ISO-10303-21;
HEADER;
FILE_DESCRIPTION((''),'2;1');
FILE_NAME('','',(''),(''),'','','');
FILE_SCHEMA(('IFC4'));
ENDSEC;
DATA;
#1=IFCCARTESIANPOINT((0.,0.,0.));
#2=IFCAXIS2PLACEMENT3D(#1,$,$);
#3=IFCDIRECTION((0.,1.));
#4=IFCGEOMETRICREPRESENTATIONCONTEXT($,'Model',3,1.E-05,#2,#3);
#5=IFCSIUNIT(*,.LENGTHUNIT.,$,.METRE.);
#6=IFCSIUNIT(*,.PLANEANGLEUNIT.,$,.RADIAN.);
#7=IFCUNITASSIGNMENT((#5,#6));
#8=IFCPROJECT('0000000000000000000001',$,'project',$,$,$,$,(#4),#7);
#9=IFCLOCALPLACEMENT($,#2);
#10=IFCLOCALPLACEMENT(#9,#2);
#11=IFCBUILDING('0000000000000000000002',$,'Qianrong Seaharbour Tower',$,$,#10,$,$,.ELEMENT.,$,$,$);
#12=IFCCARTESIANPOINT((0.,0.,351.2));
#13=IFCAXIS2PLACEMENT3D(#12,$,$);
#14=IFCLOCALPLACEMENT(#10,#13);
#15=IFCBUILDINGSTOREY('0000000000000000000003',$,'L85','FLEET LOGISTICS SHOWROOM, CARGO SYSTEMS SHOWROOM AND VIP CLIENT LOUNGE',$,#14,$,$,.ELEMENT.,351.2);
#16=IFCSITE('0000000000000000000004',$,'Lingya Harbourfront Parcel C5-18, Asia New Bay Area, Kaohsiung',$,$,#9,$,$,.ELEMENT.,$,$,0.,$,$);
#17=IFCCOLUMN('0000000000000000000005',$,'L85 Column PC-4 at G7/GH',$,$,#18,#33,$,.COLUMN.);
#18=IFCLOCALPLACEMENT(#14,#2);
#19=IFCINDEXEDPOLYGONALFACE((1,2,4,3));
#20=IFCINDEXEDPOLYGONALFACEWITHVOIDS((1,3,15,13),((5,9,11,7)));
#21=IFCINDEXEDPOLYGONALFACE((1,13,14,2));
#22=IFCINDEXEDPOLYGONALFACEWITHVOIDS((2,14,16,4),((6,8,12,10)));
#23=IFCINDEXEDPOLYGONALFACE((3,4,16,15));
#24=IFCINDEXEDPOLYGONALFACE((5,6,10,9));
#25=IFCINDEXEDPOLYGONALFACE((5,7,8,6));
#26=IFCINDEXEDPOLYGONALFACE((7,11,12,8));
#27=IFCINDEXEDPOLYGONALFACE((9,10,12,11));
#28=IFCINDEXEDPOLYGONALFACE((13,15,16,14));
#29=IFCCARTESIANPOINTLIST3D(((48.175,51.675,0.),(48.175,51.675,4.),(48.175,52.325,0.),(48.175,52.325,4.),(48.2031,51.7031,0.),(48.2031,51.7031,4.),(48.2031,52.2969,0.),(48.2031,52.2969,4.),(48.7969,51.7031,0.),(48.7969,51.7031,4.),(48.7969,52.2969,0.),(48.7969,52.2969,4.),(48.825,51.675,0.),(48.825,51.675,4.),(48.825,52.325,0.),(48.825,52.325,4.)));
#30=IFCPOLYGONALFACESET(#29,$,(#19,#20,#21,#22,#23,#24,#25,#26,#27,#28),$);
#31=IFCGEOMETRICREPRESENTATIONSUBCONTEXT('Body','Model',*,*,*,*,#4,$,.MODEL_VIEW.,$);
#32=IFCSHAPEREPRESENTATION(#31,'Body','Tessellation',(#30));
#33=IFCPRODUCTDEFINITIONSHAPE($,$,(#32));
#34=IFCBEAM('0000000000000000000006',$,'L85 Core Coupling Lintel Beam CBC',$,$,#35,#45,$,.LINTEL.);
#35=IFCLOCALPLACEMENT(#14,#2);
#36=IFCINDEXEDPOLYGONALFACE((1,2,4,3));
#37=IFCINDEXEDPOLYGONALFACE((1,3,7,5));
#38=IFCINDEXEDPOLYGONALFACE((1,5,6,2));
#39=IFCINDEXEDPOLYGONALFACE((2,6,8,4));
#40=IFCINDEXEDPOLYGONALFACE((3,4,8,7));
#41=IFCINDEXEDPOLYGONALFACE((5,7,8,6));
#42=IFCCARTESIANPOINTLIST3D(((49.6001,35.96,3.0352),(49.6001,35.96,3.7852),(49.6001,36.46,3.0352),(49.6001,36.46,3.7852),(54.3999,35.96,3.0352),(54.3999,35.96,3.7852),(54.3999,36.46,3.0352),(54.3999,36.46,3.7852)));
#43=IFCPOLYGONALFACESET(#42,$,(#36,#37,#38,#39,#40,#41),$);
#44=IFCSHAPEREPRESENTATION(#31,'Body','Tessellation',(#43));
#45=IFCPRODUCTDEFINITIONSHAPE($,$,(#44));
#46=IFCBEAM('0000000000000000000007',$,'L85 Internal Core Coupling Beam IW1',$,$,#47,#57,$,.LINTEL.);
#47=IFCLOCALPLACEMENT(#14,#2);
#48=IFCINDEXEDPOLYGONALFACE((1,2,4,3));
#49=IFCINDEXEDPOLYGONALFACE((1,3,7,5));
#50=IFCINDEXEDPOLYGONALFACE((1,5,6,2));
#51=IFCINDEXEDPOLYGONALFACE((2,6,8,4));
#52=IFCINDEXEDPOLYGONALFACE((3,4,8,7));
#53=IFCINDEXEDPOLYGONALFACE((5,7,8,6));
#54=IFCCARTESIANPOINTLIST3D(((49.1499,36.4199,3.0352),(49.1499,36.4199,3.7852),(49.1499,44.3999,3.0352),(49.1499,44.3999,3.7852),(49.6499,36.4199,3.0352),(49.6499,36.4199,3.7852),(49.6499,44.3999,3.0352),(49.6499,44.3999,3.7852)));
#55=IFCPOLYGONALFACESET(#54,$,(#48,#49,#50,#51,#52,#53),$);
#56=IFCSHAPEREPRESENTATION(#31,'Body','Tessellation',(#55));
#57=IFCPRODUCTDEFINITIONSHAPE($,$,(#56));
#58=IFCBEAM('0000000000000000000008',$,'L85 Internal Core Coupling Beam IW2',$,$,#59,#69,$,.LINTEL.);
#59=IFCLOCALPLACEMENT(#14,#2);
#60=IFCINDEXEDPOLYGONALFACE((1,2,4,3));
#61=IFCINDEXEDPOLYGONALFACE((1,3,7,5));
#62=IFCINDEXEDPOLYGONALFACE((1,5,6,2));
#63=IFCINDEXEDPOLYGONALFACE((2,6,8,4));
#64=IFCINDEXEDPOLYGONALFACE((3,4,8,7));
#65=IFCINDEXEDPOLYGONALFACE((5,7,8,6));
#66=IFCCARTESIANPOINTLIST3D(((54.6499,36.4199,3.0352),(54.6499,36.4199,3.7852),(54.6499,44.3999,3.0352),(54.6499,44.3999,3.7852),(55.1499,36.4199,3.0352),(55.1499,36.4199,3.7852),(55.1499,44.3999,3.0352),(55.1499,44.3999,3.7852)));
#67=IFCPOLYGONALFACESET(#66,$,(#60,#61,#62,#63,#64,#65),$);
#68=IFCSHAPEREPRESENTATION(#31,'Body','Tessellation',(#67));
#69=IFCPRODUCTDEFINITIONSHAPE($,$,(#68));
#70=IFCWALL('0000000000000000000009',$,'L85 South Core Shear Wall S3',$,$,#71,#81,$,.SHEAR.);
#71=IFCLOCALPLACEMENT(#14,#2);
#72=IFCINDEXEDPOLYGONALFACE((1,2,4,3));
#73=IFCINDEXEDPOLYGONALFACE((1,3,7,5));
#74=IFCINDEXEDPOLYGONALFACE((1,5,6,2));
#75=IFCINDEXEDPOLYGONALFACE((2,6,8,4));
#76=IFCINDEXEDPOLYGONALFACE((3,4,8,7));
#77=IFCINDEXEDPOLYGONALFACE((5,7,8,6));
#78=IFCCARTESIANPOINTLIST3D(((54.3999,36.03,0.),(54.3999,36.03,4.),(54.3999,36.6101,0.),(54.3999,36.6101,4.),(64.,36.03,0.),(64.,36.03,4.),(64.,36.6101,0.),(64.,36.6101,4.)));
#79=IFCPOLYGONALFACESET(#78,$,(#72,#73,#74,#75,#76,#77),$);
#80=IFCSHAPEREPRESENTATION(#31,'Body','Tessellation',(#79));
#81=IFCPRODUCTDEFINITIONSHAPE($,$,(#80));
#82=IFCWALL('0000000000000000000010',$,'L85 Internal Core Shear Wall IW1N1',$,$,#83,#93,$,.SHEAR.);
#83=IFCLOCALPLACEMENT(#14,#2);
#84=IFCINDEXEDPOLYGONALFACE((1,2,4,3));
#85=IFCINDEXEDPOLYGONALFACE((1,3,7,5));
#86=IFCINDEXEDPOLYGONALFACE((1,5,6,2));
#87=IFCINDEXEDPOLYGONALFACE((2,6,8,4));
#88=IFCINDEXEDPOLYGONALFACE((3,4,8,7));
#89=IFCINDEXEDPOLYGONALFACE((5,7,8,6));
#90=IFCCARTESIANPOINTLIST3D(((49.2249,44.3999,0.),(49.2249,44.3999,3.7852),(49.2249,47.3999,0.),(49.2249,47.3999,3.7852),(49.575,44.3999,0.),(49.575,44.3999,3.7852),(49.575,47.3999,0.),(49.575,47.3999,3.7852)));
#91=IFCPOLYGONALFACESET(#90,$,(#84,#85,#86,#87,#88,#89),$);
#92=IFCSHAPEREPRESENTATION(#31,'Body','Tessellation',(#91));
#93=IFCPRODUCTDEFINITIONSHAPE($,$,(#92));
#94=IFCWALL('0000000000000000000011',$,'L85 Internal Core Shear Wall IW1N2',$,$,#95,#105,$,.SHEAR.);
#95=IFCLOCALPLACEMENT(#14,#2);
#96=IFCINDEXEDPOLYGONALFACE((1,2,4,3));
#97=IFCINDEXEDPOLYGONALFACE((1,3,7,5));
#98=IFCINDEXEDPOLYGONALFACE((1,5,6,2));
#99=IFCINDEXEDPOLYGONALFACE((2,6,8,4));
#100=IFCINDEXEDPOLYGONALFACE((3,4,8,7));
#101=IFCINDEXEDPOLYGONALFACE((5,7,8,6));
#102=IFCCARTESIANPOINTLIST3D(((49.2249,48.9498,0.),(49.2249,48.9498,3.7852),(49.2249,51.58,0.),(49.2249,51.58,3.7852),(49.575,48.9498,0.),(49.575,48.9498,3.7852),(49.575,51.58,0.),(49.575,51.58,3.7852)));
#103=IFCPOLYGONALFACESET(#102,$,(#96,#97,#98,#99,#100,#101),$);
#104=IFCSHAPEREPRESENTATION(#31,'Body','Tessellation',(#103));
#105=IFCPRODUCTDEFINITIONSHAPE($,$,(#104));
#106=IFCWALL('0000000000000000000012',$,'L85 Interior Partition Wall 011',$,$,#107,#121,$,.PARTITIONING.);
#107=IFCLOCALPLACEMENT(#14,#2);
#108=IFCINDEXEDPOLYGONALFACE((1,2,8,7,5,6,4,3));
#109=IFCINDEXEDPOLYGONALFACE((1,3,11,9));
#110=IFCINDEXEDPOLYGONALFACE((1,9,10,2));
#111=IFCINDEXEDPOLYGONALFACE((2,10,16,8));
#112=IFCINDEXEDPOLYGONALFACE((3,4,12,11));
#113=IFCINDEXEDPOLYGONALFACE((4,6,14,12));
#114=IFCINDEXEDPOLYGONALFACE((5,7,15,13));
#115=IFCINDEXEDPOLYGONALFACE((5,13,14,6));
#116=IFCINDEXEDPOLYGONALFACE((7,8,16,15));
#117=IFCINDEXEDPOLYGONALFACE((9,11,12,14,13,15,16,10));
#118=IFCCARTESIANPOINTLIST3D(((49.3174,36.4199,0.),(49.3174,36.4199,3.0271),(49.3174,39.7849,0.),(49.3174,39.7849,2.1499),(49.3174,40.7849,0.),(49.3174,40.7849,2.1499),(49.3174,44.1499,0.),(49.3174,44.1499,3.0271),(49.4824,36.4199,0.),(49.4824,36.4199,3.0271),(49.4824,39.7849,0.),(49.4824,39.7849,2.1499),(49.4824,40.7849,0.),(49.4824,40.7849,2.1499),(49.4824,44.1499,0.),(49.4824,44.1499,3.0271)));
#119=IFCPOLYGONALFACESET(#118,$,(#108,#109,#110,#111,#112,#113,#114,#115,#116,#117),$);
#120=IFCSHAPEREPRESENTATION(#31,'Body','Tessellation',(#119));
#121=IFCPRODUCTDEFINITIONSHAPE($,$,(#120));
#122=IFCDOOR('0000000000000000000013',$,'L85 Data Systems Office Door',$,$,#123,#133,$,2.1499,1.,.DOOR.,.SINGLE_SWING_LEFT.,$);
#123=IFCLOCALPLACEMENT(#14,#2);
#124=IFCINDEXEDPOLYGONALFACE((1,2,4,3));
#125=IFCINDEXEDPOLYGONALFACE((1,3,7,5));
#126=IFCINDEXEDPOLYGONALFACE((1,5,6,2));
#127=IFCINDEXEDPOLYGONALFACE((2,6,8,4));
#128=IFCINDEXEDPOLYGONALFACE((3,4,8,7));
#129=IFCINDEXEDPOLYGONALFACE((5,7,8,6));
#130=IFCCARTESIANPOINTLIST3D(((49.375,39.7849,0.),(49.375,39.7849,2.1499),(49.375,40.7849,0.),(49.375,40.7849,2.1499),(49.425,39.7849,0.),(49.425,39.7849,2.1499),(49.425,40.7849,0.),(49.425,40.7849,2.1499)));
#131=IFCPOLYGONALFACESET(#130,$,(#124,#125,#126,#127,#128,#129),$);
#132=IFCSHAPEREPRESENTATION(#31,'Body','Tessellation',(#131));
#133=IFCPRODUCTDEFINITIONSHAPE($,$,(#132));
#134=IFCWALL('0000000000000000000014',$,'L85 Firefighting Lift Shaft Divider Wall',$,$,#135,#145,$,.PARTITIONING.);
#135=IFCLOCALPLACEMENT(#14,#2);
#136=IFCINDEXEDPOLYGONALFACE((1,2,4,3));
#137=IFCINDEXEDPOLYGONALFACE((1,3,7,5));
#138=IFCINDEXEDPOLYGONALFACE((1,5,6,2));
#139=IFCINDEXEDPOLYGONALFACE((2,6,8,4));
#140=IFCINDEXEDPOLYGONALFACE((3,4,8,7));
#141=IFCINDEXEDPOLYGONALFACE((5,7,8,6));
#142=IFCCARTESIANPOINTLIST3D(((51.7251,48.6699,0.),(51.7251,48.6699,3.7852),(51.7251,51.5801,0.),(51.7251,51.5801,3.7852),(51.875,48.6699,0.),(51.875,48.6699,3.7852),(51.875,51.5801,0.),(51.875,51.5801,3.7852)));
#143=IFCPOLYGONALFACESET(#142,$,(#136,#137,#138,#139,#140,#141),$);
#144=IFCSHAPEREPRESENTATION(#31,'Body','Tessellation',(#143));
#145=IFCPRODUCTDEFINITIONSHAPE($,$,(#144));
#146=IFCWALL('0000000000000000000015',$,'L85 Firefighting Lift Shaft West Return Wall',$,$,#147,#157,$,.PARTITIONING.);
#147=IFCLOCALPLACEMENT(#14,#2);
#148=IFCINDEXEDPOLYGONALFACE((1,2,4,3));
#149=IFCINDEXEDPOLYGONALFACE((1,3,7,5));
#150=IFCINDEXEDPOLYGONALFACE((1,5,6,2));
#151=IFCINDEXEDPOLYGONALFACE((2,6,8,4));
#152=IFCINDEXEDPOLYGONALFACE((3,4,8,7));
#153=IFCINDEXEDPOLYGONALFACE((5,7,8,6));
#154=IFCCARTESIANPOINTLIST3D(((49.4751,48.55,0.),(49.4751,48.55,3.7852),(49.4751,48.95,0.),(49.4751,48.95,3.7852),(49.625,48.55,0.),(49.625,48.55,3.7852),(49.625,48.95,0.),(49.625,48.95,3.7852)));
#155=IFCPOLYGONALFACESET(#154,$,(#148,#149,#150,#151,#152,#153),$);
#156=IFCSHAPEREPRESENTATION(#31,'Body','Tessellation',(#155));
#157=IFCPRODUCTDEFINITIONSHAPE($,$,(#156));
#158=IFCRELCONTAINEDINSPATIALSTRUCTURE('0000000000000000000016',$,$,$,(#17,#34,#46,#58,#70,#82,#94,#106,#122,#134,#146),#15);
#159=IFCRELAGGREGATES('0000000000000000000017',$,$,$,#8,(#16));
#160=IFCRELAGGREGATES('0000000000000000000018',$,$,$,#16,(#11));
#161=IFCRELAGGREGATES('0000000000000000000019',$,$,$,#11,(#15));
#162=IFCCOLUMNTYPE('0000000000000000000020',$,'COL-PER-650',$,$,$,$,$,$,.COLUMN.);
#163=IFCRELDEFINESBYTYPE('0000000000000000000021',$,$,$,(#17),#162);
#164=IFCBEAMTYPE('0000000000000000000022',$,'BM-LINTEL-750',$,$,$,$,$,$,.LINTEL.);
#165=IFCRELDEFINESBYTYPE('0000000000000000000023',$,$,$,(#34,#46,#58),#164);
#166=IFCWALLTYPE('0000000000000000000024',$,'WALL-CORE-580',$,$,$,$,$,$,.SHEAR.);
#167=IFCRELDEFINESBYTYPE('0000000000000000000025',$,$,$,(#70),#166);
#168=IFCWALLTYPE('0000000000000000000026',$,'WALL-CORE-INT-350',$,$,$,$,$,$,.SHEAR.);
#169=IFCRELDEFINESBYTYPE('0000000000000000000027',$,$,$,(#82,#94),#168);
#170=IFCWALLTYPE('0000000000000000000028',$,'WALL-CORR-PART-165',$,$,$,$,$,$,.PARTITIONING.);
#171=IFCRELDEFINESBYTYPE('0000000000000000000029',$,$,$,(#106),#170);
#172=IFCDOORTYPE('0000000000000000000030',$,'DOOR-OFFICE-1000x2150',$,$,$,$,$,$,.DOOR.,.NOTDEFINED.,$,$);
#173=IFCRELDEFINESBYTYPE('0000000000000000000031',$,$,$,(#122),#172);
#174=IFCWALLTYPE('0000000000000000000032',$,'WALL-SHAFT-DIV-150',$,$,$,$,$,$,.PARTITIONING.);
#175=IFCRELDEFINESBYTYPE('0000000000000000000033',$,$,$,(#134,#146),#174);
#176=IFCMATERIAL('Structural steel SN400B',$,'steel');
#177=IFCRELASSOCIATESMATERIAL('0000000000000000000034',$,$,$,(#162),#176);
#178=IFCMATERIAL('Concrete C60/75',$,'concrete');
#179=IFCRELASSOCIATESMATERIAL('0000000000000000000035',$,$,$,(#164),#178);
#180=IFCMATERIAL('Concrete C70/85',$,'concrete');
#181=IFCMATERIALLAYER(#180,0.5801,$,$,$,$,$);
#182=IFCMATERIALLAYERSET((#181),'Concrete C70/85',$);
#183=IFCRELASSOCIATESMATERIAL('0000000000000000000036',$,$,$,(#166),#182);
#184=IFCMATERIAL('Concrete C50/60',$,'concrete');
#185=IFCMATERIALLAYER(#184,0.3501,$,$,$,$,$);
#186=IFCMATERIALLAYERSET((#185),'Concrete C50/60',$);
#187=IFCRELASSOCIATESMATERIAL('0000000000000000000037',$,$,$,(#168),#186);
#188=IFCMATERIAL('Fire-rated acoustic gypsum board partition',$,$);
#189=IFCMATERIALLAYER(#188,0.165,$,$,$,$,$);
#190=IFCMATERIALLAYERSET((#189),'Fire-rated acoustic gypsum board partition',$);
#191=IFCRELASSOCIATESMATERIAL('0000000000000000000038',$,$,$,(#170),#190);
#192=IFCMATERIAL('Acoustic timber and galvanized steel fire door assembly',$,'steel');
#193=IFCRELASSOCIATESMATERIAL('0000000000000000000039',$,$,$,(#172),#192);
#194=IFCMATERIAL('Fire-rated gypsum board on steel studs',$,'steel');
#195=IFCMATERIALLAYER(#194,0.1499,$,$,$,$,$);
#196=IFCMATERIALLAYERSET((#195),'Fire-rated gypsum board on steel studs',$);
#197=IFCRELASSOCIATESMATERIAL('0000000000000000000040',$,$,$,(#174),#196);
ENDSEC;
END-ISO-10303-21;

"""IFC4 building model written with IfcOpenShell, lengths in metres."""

from ifc_helpers import new_model, si_unit, direction, frame, frame_2d, origin, origin_2d, place, context, subcontext, project, spatial, rectangle, hollow_rectangle, extrude, material, layer, layer_set, material_profile, profile_set, type_object, element, fill, save


model = new_model("IFC4")

# Units and contexts
model_context = context("Model", 3, precision=1e-05, world=origin(), true_north=direction((0.0, 1.0)))
body_context = subcontext(model_context, "Body", "Model", "MODEL_VIEW")
ifc_project = project(units=[si_unit("LENGTHUNIT", "METRE"), si_unit("PLANEANGLEUNIT", "RADIAN")], contexts=[model_context])

# Site, building, storey
site_placement = place(None, origin())
site = spatial("IfcSite", under=ifc_project, at=site_placement, Name="Lingya Harbourfront Parcel C5-18, Asia New Bay Area, Kaohsiung", CompositionType="ELEMENT", RefElevation=0.0)
building_placement = place(site_placement, origin())
building = spatial("IfcBuilding", under=site, at=building_placement, Name="Qianrong Seaharbour Tower", CompositionType="ELEMENT")
storey_placement = place(building_placement, frame((0.0, 0.0, 351.2)))
storey = spatial("IfcBuildingStorey", under=building, at=storey_placement, Name="L85", Description="FLEET LOGISTICS SHOWROOM, CARGO SYSTEMS SHOWROOM AND VIP CLIENT LOUNGE", CompositionType="ELEMENT", Elevation=351.2)

# Column
ifc_material_1 = material(Name="Structural steel SN400B", Category="steel")
ifc_material_profile_1 = material_profile(ifc_material_1, hollow_rectangle(XDim=0.6499, YDim=0.6499, WallThickness=0.0281, at=origin_2d()), Name="BOX650x650x28")
ifc_profile_set_1 = profile_set([ifc_material_profile_1], Name="Structural steel SN400B")
column_type = type_object("IfcColumnType", Name="COL-PER-650", PredefinedType="COLUMN", material=ifc_profile_set_1)
column_placement = place(storey_placement, frame((48.5, 52.0, 0.0), z_axis=(0.0, 0.0, 1.0), x_axis=(1.0, 0.0, 0.0)))
element("IfcColumn", 1, at=column_placement, inside=storey, type_object=column_type, Name="L85 Column PC-4 at G7/GH", PredefinedType="COLUMN", context=body_context, shape_type="SweptSolid", body=[
    extrude(hollow_rectangle(XDim=0.6499, YDim=0.6499, WallThickness=0.0281, at=origin_2d()), origin(), (0.0, 0.0, 1.0), 4.0),
])

# Beams
ifc_material_2 = material(Name="Concrete C60/75", Category="concrete")
ifc_material_profile_2 = material_profile(ifc_material_2, rectangle(XDim=0.5, YDim=0.75, at=origin_2d()), Name="RC500x750")
ifc_profile_set_2 = profile_set([ifc_material_profile_2], Name="Concrete C60/75")
beam_type = type_object("IfcBeamType", Name="BM-LINTEL-750", PredefinedType="LINTEL", material=ifc_profile_set_2)
beam_placement = place(storey_placement, frame((49.6001, 36.21, 3.4102), z_axis=(1.0, 0.0, 0.0), x_axis=(0.0, 1.0, 0.0)))
element("IfcBeam", 2, at=beam_placement, inside=storey, type_object=beam_type, Name="L85 Core Coupling Lintel Beam CBC", PredefinedType="LINTEL", context=body_context, shape_type="SweptSolid", body=[
    extrude(rectangle(XDim=0.5, YDim=0.75, at=origin_2d()), origin(), (0.0, 0.0, 1.0), 4.7998),
])
for number, where, z_axis, x_axis, name in (
    (3, (49.3999, 36.4199, 3.4102), (0.0, 1.0, 0.0), (-1.0, 0.0, 0.0), "L85 Internal Core Coupling Beam IW1"),
    (4, (54.8999, 36.4199, 3.4102), (0.0, 1.0, 0.0), (-1.0, 0.0, 0.0), "L85 Internal Core Coupling Beam IW2"),
):
    element("IfcBeam", number, at=place(storey_placement, frame(where, z_axis=z_axis, x_axis=x_axis)), inside=storey, type_object=beam_type, Name=name, PredefinedType="LINTEL", context=body_context, shape_type="SweptSolid", body=[
        extrude(rectangle(XDim=0.5, YDim=0.75, at=origin_2d()), origin(), (0.0, 0.0, 1.0), 7.98),
    ])

# Walls
ifc_material_3 = material(Name="Concrete C70/85", Category="concrete")
ifc_layer_1 = layer(ifc_material_3, 0.5801)
ifc_layer_set_1 = layer_set([ifc_layer_1], Name="Concrete C70/85")
wall_type_1 = type_object("IfcWallType", Name="WALL-CORE-580", PredefinedType="SHEAR", material=ifc_layer_set_1)
wall_1_placement = place(storey_placement, frame((54.3999, 36.3201, 0.0), z_axis=(0.0, 0.0, 1.0), x_axis=(1.0, 0.0, 0.0)))
element("IfcWall", 5, at=wall_1_placement, inside=storey, type_object=wall_type_1, Name="L85 South Core Shear Wall S3", PredefinedType="SHEAR", context=body_context, shape_type="SweptSolid", body=[
    extrude(rectangle(XDim=9.6001, YDim=0.5801, at=frame_2d((4.8, 0.0))), origin(), (0.0, 0.0, 1.0), 4.0),
])
ifc_material_4 = material(Name="Concrete C50/60", Category="concrete")
ifc_layer_2 = layer(ifc_material_4, 0.3501)
ifc_layer_set_2 = layer_set([ifc_layer_2], Name="Concrete C50/60")
wall_type_2 = type_object("IfcWallType", Name="WALL-CORE-INT-350", PredefinedType="SHEAR", material=ifc_layer_set_2)
wall_2_placement = place(storey_placement, frame((49.3999, 44.3999, 0.0), z_axis=(0.0, 0.0, 1.0), x_axis=(0.0, 1.0, 0.0)))
element("IfcWall", 6, at=wall_2_placement, inside=storey, type_object=wall_type_2, Name="L85 Internal Core Shear Wall IW1N1", PredefinedType="SHEAR", context=body_context, shape_type="SweptSolid", body=[
    extrude(rectangle(XDim=3.0, YDim=0.3501, at=frame_2d((1.5, 0.0))), origin(), (0.0, 0.0, 1.0), 3.7852),
])
wall_3_placement = place(storey_placement, frame((49.3999, 48.95, 0.0), z_axis=(0.0, 0.0, 1.0), x_axis=(0.0, 1.0, 0.0)))
element("IfcWall", 7, at=wall_3_placement, inside=storey, type_object=wall_type_2, Name="L85 Internal Core Shear Wall IW1N2", PredefinedType="SHEAR", context=body_context, shape_type="SweptSolid", body=[
    extrude(rectangle(XDim=2.6301, YDim=0.3501, at=frame_2d((1.3149, 0.0))), origin(), (0.0, 0.0, 1.0), 3.7852),
])

# Wall, opening, door
ifc_material_5 = material(Name="Fire-rated acoustic gypsum board partition")
ifc_layer_3 = layer(ifc_material_5, 0.165)
ifc_layer_set_3 = layer_set([ifc_layer_3], Name="Fire-rated acoustic gypsum board partition")
wall_type_3 = type_object("IfcWallType", Name="WALL-CORR-PART-165", PredefinedType="PARTITIONING", material=ifc_layer_set_3)
ifc_material_6 = material(Name="Acoustic timber and galvanized steel fire door assembly", Category="steel")
wall_4_placement = place(storey_placement, frame((49.3999, 36.4199, 0.0), z_axis=(0.0, 0.0, 1.0), x_axis=(0.0, 1.0, 0.0)))
wall_4 = element("IfcWall", 8, at=wall_4_placement, inside=storey, type_object=wall_type_3, Name="L85 Interior Partition Wall 011", PredefinedType="PARTITIONING", context=body_context, shape_type="SweptSolid", body=[
    extrude(rectangle(XDim=7.73, YDim=0.165, at=frame_2d((3.865, 0.0))), origin(), (0.0, 0.0, 1.0), 3.0271),
])
opening_1_placement = place(wall_4_placement, frame((3.365, 0.0, 0.0)))
opening_1 = element("IfcOpeningElement", 9, at=opening_1_placement, cuts=wall_4, PredefinedType="OPENING", context=body_context, shape_type="SweptSolid", body=[
    extrude(rectangle(XDim=1.0, YDim=2.1499, at=frame_2d((0.5, 1.075))), frame((0.0, 0.0925, 0.0), z_axis=(0.0, -1.0, 0.0), x_axis=(1.0, 0.0, 0.0)), (0.0, 0.0, 1.0), 0.1851),
])
door_type_1 = type_object("IfcDoorType", Name="DOOR-OFFICE-1000x2150", OperationType="NOTDEFINED", PredefinedType="DOOR", material=ifc_material_6)
door_1_placement = place(opening_1_placement, origin())
door_1 = element("IfcDoor", 10, at=door_1_placement, inside=storey, type_object=door_type_1, Name="L85 Data Systems Office Door", OperationType="SINGLE_SWING_LEFT", OverallHeight=2.1499, OverallWidth=1.0, PredefinedType="DOOR", context=body_context, shape_type="SweptSolid", body=[
    extrude(rectangle(XDim=1.0, YDim=2.1499, at=frame_2d((0.5, 1.075))), frame((0.0, 0.0249, 0.0), z_axis=(0.0, -1.0, 0.0), x_axis=(1.0, 0.0, 0.0)), (0.0, 0.0, 1.0), 0.05),
])
fill(opening_1, door_1)

# Walls
ifc_material_7 = material(Name="Fire-rated gypsum board on steel studs", Category="steel")
ifc_layer_4 = layer(ifc_material_7, 0.1499)
ifc_layer_set_4 = layer_set([ifc_layer_4], Name="Fire-rated gypsum board on steel studs")
wall_type_4 = type_object("IfcWallType", Name="WALL-SHAFT-DIV-150", PredefinedType="PARTITIONING", material=ifc_layer_set_4)
wall_5_placement = place(storey_placement, frame((51.8, 48.6699, 0.0), z_axis=(0.0, 0.0, 1.0), x_axis=(0.0, 1.0, 0.0)))
element("IfcWall", 11, at=wall_5_placement, inside=storey, type_object=wall_type_4, Name="L85 Firefighting Lift Shaft Divider Wall", PredefinedType="PARTITIONING", context=body_context, shape_type="SweptSolid", body=[
    extrude(rectangle(XDim=2.9102, YDim=0.1499, at=frame_2d((1.4551, 0.0))), origin(), (0.0, 0.0, 1.0), 3.7852),
])
wall_6_placement = place(storey_placement, frame((49.55, 48.55, 0.0), z_axis=(0.0, 0.0, 1.0), x_axis=(0.0, 1.0, 0.0)))
element("IfcWall", 12, at=wall_6_placement, inside=storey, type_object=wall_type_4, Name="L85 Firefighting Lift Shaft West Return Wall", PredefinedType="PARTITIONING", context=body_context, shape_type="SweptSolid", body=[
    extrude(rectangle(XDim=0.3999, YDim=0.1499, at=frame_2d((0.2, 0.0))), origin(), (0.0, 0.0, 1.0), 3.7852),
])

save(model, "model.ifc")
